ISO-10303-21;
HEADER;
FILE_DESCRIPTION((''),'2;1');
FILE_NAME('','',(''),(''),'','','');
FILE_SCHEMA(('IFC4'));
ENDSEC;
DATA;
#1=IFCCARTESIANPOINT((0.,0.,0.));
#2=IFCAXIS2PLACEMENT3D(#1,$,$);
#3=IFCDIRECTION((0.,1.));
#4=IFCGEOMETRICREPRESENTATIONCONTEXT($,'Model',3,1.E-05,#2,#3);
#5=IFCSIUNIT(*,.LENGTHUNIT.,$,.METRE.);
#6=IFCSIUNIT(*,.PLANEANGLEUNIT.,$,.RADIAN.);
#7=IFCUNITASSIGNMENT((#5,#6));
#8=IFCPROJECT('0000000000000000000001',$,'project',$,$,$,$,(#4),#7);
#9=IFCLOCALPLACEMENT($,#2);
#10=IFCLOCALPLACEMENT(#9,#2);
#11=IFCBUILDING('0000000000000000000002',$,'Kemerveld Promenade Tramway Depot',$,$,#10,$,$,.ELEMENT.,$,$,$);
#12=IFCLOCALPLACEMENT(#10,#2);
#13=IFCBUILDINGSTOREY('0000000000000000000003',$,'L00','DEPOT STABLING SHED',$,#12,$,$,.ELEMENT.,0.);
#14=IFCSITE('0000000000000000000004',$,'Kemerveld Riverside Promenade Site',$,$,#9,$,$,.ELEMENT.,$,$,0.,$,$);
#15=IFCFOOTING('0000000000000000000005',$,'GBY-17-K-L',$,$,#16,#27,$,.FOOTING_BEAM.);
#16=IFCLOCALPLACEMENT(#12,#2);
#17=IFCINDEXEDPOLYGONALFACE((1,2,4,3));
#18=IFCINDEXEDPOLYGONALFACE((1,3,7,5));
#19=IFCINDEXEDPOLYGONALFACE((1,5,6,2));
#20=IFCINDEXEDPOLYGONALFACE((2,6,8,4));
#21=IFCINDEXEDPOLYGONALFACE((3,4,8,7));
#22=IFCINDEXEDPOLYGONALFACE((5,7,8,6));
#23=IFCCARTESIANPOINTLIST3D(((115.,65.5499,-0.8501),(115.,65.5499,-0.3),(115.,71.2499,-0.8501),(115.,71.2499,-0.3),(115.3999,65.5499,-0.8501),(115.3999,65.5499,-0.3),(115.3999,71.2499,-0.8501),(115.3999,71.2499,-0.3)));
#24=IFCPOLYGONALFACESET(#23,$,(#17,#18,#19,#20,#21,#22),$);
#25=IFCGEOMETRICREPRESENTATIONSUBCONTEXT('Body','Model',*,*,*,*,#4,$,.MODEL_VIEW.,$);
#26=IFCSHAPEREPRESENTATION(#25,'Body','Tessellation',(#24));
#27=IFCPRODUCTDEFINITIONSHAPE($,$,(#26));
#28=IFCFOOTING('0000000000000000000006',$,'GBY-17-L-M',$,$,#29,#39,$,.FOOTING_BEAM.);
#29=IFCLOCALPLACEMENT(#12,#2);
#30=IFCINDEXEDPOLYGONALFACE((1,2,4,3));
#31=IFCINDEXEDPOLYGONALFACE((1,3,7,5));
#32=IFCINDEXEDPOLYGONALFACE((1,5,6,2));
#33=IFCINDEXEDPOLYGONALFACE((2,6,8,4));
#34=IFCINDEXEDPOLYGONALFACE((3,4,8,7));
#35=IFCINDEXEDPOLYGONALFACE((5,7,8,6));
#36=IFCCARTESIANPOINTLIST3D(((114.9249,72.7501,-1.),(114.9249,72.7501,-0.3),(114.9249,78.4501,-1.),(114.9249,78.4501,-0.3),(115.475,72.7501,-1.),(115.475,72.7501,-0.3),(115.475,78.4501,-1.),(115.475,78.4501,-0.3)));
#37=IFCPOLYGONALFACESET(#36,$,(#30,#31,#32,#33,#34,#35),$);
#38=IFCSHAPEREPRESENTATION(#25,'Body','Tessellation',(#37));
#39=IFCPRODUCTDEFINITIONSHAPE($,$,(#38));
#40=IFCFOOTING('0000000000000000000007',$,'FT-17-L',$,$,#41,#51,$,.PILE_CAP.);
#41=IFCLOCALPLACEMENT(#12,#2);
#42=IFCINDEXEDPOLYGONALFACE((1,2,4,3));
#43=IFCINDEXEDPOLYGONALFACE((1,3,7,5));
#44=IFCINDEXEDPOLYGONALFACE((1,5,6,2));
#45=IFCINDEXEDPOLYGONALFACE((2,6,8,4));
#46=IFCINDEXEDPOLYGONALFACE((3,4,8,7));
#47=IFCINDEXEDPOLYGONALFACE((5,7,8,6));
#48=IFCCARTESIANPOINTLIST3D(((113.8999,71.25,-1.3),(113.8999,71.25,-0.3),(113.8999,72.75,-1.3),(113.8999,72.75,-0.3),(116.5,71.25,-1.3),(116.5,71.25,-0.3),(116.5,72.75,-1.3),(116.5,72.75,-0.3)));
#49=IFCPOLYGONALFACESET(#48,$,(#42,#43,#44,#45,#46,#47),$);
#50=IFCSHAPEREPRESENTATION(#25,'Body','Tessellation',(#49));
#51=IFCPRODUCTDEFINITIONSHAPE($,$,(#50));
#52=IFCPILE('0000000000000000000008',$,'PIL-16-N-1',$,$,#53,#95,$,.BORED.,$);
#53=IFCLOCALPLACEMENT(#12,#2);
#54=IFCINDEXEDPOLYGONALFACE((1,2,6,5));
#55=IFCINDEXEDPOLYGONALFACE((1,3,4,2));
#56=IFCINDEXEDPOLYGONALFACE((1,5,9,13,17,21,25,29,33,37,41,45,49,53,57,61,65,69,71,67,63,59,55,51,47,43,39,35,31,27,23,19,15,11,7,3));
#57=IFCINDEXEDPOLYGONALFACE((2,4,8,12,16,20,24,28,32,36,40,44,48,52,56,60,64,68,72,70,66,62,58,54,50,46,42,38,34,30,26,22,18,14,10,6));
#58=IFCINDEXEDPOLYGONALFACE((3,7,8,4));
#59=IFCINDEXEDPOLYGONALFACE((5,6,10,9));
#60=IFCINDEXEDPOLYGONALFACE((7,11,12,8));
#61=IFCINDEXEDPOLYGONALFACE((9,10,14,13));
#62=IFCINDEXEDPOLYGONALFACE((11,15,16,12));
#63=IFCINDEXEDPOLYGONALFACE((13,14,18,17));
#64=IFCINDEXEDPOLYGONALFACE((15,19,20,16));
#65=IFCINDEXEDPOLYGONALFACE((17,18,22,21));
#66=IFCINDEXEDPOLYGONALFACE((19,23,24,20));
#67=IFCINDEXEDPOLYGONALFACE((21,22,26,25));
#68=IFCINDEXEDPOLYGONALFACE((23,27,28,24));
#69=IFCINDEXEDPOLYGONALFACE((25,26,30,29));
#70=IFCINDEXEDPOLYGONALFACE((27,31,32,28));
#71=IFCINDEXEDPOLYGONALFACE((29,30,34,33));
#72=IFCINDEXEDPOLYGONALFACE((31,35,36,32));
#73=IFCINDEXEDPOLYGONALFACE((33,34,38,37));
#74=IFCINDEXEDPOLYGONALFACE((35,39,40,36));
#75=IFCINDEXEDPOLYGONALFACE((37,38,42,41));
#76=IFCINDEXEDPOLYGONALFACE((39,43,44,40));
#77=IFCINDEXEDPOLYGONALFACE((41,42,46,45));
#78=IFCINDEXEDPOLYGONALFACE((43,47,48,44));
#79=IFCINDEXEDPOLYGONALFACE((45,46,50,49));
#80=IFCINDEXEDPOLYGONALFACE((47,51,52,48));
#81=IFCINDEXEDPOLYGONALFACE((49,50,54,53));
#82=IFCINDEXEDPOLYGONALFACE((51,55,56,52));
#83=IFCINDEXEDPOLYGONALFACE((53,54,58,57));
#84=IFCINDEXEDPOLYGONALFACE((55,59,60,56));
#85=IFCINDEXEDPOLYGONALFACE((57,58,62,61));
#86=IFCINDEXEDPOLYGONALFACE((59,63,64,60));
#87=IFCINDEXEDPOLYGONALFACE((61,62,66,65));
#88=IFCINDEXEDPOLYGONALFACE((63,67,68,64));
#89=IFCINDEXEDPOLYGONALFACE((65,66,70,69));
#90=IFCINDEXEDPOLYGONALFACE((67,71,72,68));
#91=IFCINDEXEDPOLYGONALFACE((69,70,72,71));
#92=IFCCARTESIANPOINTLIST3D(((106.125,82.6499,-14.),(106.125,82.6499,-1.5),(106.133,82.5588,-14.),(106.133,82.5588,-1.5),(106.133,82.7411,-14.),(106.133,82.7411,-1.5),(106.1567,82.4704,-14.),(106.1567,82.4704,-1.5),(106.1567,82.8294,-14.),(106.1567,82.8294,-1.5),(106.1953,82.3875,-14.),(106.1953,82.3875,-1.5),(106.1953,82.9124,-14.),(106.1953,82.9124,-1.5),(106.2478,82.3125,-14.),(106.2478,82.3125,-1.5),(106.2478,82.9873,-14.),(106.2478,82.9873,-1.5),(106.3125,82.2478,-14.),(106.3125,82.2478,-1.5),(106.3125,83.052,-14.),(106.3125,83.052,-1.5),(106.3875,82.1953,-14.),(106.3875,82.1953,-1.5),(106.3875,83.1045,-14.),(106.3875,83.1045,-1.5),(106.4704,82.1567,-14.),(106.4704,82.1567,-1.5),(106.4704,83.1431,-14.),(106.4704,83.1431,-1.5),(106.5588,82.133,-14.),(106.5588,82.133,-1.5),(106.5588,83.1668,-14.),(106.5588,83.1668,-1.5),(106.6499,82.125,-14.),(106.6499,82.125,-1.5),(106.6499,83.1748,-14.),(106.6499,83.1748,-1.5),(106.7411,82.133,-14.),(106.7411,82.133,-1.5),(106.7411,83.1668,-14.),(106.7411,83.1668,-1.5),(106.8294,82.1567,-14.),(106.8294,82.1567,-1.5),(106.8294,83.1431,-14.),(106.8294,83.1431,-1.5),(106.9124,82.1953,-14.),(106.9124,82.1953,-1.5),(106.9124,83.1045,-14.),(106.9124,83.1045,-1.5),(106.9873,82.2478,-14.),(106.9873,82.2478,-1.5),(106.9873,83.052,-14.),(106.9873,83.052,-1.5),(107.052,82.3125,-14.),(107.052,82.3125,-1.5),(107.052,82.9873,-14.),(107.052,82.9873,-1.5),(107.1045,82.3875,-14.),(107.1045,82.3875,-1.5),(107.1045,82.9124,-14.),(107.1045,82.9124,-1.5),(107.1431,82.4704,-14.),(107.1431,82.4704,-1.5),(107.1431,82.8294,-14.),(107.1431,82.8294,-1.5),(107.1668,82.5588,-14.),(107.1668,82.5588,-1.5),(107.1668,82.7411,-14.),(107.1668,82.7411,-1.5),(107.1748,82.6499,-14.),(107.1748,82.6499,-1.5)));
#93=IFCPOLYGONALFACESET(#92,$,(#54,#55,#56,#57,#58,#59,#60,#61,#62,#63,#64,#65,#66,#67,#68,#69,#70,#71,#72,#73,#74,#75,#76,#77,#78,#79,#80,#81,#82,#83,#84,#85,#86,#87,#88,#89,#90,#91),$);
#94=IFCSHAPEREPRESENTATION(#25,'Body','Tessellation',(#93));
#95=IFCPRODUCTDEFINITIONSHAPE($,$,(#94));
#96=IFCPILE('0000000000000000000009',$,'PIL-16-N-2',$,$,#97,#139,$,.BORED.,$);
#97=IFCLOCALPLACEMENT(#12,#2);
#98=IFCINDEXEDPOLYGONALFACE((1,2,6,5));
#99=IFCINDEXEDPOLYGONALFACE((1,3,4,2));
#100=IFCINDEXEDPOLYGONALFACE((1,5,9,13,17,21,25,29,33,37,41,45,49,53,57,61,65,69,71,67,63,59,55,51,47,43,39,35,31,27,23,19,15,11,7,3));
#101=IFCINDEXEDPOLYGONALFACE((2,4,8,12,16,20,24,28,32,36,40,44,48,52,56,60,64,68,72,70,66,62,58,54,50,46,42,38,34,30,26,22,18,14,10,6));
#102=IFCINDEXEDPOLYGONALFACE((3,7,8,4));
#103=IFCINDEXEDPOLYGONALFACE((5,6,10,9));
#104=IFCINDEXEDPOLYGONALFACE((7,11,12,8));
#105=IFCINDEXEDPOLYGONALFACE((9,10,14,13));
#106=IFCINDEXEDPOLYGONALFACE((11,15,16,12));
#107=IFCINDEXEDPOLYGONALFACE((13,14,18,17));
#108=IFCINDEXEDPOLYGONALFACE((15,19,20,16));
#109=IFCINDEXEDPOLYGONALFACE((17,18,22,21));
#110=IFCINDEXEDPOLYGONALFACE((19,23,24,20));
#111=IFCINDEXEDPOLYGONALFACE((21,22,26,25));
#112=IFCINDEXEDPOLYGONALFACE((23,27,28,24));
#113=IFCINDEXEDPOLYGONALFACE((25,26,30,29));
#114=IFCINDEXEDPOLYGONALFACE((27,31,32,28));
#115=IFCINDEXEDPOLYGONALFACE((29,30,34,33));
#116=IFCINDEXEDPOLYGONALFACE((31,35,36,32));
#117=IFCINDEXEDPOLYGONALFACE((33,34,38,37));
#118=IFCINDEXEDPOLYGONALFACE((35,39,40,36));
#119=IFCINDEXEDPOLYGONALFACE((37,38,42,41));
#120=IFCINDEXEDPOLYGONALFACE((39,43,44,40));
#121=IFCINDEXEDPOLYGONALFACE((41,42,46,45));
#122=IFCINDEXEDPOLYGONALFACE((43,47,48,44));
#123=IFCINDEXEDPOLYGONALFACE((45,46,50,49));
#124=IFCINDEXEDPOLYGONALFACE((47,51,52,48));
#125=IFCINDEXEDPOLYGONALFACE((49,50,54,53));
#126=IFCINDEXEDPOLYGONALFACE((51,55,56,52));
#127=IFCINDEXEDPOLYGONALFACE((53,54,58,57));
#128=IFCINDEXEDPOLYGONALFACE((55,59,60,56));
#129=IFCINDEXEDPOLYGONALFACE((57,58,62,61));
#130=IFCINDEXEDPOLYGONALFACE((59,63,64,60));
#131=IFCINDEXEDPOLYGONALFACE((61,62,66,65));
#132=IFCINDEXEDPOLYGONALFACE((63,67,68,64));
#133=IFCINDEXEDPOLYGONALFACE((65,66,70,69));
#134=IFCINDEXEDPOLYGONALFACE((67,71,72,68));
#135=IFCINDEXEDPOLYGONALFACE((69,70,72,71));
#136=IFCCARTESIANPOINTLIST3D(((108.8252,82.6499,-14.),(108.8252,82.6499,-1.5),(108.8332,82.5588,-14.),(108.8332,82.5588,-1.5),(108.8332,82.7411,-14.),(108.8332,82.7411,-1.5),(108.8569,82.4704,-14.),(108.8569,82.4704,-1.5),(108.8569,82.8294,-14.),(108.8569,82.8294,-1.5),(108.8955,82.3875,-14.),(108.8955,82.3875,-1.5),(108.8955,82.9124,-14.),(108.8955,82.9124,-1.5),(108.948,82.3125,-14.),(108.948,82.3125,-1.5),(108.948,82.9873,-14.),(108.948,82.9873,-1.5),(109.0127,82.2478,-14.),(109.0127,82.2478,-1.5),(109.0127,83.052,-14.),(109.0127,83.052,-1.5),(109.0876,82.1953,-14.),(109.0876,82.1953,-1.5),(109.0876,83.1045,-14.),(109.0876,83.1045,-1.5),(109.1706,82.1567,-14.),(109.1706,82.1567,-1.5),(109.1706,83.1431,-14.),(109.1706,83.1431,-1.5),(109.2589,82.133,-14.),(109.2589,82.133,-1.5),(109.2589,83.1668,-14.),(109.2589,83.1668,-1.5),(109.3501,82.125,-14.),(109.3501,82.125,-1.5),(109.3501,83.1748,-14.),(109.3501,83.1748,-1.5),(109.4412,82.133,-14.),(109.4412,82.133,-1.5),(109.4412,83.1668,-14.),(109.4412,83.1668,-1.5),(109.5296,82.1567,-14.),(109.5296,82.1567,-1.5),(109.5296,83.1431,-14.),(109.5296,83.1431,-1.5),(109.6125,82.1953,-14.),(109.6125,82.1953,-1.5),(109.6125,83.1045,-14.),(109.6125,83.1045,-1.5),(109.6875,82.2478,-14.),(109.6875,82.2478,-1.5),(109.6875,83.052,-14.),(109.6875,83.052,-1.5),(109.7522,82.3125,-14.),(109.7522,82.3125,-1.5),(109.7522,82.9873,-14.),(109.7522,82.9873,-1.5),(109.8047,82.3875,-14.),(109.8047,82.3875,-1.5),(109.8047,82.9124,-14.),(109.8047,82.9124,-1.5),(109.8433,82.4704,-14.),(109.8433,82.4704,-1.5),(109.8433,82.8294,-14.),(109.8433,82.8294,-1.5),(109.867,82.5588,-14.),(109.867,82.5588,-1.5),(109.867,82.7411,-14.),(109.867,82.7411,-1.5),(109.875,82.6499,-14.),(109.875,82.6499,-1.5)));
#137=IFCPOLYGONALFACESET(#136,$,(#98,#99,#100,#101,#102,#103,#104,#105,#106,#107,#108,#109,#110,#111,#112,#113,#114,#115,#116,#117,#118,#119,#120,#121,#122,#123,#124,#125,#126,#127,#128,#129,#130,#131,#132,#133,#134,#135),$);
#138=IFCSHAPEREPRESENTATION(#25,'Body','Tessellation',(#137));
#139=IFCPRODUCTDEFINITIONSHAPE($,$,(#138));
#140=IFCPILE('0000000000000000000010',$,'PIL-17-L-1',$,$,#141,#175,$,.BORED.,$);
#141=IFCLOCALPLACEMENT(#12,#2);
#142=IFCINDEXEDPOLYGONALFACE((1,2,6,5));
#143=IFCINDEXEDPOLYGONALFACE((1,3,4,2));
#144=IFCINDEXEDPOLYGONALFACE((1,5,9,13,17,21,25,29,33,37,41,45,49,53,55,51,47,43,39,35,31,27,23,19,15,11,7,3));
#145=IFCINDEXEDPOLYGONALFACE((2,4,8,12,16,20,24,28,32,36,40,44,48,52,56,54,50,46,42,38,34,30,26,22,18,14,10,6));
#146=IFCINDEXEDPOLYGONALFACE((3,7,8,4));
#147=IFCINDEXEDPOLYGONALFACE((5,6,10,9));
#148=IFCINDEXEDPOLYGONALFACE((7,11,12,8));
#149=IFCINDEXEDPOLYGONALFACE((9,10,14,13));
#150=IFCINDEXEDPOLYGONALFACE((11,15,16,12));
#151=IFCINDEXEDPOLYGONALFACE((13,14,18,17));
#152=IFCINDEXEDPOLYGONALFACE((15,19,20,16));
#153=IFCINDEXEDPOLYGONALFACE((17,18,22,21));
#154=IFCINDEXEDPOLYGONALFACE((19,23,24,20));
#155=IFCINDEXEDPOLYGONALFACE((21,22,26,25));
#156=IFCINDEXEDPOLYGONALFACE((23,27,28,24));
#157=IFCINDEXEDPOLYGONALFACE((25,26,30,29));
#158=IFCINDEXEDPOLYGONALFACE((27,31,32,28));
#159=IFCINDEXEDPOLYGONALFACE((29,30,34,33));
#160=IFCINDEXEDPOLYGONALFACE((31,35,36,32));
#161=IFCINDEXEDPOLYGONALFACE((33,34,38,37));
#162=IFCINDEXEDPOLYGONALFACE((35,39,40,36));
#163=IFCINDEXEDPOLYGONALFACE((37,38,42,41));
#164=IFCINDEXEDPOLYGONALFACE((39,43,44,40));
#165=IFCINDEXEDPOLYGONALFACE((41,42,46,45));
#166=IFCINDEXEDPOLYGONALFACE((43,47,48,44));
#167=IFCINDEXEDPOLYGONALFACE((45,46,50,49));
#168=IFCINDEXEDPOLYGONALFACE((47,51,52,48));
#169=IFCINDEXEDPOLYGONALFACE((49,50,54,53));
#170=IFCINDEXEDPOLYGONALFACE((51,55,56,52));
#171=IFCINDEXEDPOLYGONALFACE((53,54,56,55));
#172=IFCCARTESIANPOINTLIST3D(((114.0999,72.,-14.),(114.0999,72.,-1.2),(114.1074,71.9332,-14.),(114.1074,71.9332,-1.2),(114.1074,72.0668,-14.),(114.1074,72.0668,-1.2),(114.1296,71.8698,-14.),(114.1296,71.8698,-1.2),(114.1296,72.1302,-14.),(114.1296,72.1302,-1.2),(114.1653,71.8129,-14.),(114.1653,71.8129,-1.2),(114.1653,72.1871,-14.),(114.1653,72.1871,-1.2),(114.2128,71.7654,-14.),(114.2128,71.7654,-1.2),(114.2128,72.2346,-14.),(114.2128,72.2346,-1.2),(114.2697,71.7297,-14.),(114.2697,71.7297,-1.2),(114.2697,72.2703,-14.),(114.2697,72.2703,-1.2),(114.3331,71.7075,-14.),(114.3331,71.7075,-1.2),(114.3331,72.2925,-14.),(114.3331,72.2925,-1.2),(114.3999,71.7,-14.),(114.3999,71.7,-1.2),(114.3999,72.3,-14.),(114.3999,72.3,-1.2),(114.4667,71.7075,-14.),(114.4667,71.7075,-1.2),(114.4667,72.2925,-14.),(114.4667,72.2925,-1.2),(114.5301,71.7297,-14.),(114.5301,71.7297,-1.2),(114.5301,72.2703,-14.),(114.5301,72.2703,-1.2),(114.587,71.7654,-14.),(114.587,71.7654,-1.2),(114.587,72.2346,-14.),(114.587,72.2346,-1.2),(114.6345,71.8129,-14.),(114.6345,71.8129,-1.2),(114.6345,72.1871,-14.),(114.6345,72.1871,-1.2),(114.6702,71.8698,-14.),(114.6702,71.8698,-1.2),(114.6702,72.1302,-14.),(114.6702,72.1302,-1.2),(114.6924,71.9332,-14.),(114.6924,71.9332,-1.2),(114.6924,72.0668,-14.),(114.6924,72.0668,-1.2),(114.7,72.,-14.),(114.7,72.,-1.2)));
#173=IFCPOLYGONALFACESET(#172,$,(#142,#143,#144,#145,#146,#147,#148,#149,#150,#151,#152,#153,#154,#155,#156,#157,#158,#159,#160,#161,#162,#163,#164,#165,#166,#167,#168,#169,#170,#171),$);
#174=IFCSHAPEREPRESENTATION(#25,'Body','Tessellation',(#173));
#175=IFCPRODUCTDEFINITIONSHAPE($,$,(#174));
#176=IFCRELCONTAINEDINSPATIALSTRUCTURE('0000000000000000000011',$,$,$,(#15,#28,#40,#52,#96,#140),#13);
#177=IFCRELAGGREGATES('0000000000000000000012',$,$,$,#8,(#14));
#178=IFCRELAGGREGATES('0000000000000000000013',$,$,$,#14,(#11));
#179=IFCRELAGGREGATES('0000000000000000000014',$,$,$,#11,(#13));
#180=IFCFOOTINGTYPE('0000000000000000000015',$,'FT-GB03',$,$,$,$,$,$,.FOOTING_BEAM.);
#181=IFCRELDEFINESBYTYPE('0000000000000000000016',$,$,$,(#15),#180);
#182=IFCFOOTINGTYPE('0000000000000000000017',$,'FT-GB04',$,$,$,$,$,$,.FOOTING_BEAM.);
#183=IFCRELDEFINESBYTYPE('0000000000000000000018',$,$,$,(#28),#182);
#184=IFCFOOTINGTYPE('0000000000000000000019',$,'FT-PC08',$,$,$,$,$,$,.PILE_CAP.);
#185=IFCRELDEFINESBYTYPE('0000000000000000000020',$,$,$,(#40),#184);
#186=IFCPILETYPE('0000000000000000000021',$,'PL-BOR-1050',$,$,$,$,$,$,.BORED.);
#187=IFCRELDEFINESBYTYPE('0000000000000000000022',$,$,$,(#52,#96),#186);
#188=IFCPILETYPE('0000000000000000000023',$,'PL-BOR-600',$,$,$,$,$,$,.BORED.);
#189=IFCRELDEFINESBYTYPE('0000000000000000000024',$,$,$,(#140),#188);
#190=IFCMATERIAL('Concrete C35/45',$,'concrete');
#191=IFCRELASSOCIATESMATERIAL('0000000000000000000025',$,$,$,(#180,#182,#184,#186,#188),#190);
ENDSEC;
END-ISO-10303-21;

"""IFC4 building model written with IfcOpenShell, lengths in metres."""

from ifc_helpers import new_model, si_unit, direction, frame, origin, origin_2d, place, context, subcontext, project, spatial, rectangle, circle, extrude, material, material_profile, profile_set, type_object, element, save


model = new_model("IFC4")

# Units and contexts
model_context = context("Model", 3, precision=1e-05, world=origin(), true_north=direction((0.0, 1.0)))
body_context = subcontext(model_context, "Body", "Model", "MODEL_VIEW")
ifc_project = project(units=[si_unit("LENGTHUNIT", "METRE"), si_unit("PLANEANGLEUNIT", "RADIAN")], contexts=[model_context])

# Site, building, storey
site_placement = place(None, origin())
site = spatial("IfcSite", under=ifc_project, at=site_placement, Name="Kemerveld Riverside Promenade Site", CompositionType="ELEMENT", RefElevation=0.0)
building_placement = place(site_placement, origin())
building = spatial("IfcBuilding", under=site, at=building_placement, Name="Kemerveld Promenade Tramway Depot", CompositionType="ELEMENT")
storey_placement = place(building_placement, origin())
storey = spatial("IfcBuildingStorey", under=building, at=storey_placement, Name="L00", Description="DEPOT STABLING SHED", CompositionType="ELEMENT", Elevation=0.0)

# Footings
ifc_material_1 = material(Name="Concrete C35/45", Category="concrete")
footing_type_1 = type_object("IfcFootingType", Name="FT-GB03", PredefinedType="FOOTING_BEAM", material=ifc_material_1)
footing_1_placement = place(storey_placement, frame((115.2, 68.3999, -0.8501), z_axis=(0.0, 0.0, 1.0), x_axis=(0.0, 1.0, 0.0)))
element("IfcFooting", 1, at=footing_1_placement, inside=storey, type_object=footing_type_1, Name="GBY-17-K-L", PredefinedType="FOOTING_BEAM", context=body_context, shape_type="SweptSolid", body=[
    extrude(rectangle(XDim=5.7, YDim=0.3999, at=origin_2d()), origin(), (0.0, 0.0, 1.0), 0.55),
])
footing_type_2 = type_object("IfcFootingType", Name="FT-GB04", PredefinedType="FOOTING_BEAM", material=ifc_material_1)
footing_2_placement = place(storey_placement, frame((115.2, 75.6001, -1.0), z_axis=(0.0, 0.0, 1.0), x_axis=(0.0, 1.0, 0.0)))
element("IfcFooting", 2, at=footing_2_placement, inside=storey, type_object=footing_type_2, Name="GBY-17-L-M", PredefinedType="FOOTING_BEAM", context=body_context, shape_type="SweptSolid", body=[
    extrude(rectangle(XDim=5.7, YDim=0.55, at=origin_2d()), origin(), (0.0, 0.0, 1.0), 0.7),
])
footing_type_3 = type_object("IfcFootingType", Name="FT-PC08", PredefinedType="PILE_CAP", material=ifc_material_1)
footing_3_placement = place(storey_placement, frame((115.2, 72.0, -1.3), z_axis=(0.0, 0.0, 1.0), x_axis=(1.0, 0.0, 0.0)))
element("IfcFooting", 3, at=footing_3_placement, inside=storey, type_object=footing_type_3, Name="FT-17-L", PredefinedType="PILE_CAP", context=body_context, shape_type="SweptSolid", body=[
    extrude(rectangle(XDim=2.6001, YDim=1.5, at=origin_2d()), origin(), (0.0, 0.0, 1.0), 1.0),
])

# Piles
ifc_material_profile_1 = material_profile(ifc_material_1, circle(Radius=0.5249, at=origin_2d()), Name="PILE-D1050")
ifc_profile_set_1 = profile_set([ifc_material_profile_1], Name="Concrete C35/45")
pile_type_1 = type_object("IfcPileType", Name="PL-BOR-1050", PredefinedType="BORED", material=ifc_profile_set_1)
for number, where, z_axis, x_axis, name in (
    (4, (106.6499, 82.6499, -1.5), (0.0, 0.0, -1.0), (1.0, 0.0, 0.0), "PIL-16-N-1"),
    (5, (109.3501, 82.6499, -1.5), (0.0, 0.0, -1.0), (1.0, 0.0, 0.0), "PIL-16-N-2"),
):
    element("IfcPile", number, at=place(storey_placement, frame(where, z_axis=z_axis, x_axis=x_axis)), inside=storey, type_object=pile_type_1, Name=name, PredefinedType="BORED", context=body_context, shape_type="SweptSolid", body=[
        extrude(circle(Radius=0.5249, at=origin_2d()), origin(), (0.0, 0.0, 1.0), 12.5),
    ])
ifc_material_profile_2 = material_profile(ifc_material_1, circle(Radius=0.3, at=origin_2d()), Name="PILE-D600")
ifc_profile_set_2 = profile_set([ifc_material_profile_2], Name="Concrete C35/45")
pile_type_2 = type_object("IfcPileType", Name="PL-BOR-600", PredefinedType="BORED", material=ifc_profile_set_2)
for number, where, z_axis, x_axis, name in (
    (6, (114.3999, 72.0, -1.2), (0.0, 0.0, -1.0), (1.0, 0.0, 0.0), "PIL-17-L-1"),
):
    element("IfcPile", number, at=place(storey_placement, frame(where, z_axis=z_axis, x_axis=x_axis)), inside=storey, type_object=pile_type_2, Name=name, PredefinedType="BORED", context=body_context, shape_type="SweptSolid", body=[
        extrude(circle(Radius=0.3, at=origin_2d()), origin(), (0.0, 0.0, 1.0), 12.8),
    ])

save(model, "model.ifc")
